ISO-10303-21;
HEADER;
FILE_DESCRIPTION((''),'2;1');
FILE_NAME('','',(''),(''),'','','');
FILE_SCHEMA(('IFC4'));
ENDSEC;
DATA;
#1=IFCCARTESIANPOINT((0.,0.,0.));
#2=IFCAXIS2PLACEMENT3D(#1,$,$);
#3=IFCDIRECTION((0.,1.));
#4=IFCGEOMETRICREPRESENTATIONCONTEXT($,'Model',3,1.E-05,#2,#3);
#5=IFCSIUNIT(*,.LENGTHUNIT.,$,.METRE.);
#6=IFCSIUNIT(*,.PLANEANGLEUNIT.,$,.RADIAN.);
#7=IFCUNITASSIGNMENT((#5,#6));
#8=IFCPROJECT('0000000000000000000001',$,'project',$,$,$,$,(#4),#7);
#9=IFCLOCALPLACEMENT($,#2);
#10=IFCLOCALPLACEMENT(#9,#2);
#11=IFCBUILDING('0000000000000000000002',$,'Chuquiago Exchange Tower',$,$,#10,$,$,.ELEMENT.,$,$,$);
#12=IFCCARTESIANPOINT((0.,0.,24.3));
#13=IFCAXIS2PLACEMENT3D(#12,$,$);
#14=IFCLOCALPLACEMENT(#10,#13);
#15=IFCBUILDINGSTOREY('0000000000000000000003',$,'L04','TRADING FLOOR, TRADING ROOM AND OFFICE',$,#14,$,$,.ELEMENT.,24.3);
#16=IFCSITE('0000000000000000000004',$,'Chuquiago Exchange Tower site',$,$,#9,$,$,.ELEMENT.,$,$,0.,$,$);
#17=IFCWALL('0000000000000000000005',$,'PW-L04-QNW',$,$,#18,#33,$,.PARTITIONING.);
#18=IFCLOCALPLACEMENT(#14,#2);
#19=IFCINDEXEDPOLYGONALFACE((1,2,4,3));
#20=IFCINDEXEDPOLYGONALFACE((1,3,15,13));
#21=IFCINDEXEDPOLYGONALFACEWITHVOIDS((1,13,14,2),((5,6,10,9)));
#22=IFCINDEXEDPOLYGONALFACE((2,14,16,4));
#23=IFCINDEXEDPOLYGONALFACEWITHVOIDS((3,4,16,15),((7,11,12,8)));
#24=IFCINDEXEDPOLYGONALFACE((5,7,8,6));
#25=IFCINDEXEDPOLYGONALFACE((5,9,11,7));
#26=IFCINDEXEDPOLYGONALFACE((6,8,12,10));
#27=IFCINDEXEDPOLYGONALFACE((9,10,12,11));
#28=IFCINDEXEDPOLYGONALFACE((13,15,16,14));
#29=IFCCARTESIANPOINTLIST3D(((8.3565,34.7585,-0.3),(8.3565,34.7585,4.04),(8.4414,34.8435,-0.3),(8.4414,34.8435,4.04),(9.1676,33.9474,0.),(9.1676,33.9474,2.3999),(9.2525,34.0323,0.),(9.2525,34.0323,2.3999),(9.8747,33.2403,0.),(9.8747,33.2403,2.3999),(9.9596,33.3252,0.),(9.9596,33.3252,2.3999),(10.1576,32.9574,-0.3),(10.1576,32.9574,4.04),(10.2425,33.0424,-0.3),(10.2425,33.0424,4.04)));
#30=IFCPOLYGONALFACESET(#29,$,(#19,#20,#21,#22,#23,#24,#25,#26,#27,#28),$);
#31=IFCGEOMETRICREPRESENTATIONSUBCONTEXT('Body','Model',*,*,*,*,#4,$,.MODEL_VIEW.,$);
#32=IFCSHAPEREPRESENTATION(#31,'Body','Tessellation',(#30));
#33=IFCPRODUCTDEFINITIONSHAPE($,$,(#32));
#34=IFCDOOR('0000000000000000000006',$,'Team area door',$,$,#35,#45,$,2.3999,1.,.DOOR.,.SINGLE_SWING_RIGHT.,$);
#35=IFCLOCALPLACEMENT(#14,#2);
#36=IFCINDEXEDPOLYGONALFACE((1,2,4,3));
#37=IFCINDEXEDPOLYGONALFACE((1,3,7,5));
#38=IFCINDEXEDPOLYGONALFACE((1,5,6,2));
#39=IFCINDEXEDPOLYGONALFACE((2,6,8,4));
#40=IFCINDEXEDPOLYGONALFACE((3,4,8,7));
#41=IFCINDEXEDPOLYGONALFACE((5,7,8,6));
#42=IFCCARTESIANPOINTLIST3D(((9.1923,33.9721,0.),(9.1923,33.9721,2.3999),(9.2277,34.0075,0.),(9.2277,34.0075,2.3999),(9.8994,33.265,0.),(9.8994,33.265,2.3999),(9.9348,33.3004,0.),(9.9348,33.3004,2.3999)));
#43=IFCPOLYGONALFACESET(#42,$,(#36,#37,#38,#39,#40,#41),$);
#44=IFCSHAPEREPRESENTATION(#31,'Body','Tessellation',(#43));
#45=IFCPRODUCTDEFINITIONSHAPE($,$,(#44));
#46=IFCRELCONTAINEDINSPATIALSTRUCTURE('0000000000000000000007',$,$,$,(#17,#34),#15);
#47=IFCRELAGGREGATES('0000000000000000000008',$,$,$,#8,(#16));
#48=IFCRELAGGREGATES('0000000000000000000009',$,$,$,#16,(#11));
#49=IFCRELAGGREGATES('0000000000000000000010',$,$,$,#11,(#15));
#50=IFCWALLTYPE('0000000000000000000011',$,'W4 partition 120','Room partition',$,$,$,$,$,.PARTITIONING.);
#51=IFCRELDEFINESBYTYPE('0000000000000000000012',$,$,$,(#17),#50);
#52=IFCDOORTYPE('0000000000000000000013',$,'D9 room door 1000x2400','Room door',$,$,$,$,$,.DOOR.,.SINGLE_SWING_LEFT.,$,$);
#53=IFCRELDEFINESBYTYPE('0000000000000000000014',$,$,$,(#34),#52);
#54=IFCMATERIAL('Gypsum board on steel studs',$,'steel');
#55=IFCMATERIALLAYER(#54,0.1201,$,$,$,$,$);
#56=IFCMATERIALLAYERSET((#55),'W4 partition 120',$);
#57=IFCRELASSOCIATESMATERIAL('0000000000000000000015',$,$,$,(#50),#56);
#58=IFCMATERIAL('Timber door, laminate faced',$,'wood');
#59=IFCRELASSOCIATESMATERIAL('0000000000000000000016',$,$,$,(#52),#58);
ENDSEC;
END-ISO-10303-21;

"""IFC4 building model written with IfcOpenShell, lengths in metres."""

from ifc_helpers import new_model, si_unit, direction, frame, frame_2d, origin, place, context, subcontext, project, spatial, rectangle, extrude, material, layer, layer_set, type_object, element, fill, save


model = new_model("IFC4")

# Units and contexts
model_context = context("Model", 3, precision=1e-05, world=origin(), true_north=direction((0.0, 1.0)))
body_context = subcontext(model_context, "Body", "Model", "MODEL_VIEW")
ifc_project = project(units=[si_unit("LENGTHUNIT", "METRE"), si_unit("PLANEANGLEUNIT", "RADIAN")], contexts=[model_context])

# Site, building, storey
site_placement = place(None, origin())
site = spatial("IfcSite", under=ifc_project, at=site_placement, Name="Chuquiago Exchange Tower site", CompositionType="ELEMENT", RefElevation=0.0)
building_placement = place(site_placement, origin())
building = spatial("IfcBuilding", under=site, at=building_placement, Name="Chuquiago Exchange Tower", CompositionType="ELEMENT")
storey_placement = place(building_placement, frame((0.0, 0.0, 24.3)))
storey = spatial("IfcBuildingStorey", under=building, at=storey_placement, Name="L04", Description="TRADING FLOOR, TRADING ROOM AND OFFICE", CompositionType="ELEMENT", Elevation=24.3)

# Shared definitions
ifc_material_1 = material(Name="Gypsum board on steel studs", Category="steel")
ifc_layer_1 = layer(ifc_material_1, 0.1201)
ifc_layer_set_1 = layer_set([ifc_layer_1], Name="W4 partition 120")
wall_type_1 = type_object("IfcWallType", Name="W4 partition 120", Description="Room partition", PredefinedType="PARTITIONING", material=ifc_layer_set_1)

# Wall, opening, door
ifc_material_2 = material(Name="Timber door, laminate faced", Category="wood")
door_type = type_object("IfcDoorType", Name="D9 room door 1000x2400", Description="Room door", OperationType="SINGLE_SWING_LEFT", PredefinedType="DOOR", material=ifc_material_2)
wall_1_placement = place(storey_placement, frame((10.2, 33.0, -0.3), z_axis=(0.0, 0.0, 1.0), x_axis=(-0.707107, 0.707107, 0.0)))
wall_1 = element("IfcWall", 1, at=wall_1_placement, inside=storey, type_object=wall_type_1, Name="PW-L04-QNW", PredefinedType="PARTITIONING", context=body_context, shape_type="SweptSolid", body=[
    extrude(rectangle(XDim=2.5471, YDim=0.1201, at=frame_2d((1.2734, 0.0))), origin(), (0.0, 0.0, 1.0), 4.3401),
])
opening_1_placement = place(wall_1_placement, frame((0.3999, 0.0, 0.3)))
opening_1 = element("IfcOpeningElement", 2, at=opening_1_placement, cuts=wall_1, PredefinedType="OPENING", context=body_context, shape_type="SweptSolid", body=[
    extrude(rectangle(XDim=1.0, YDim=2.3999, at=frame_2d((0.5, 1.2))), frame((0.0, 0.0701, 0.0), z_axis=(0.0, -1.0, 0.0), x_axis=(1.0, 0.0, 0.0)), (0.0, 0.0, 1.0), 0.1401),
])
door_1_placement = place(opening_1_placement, frame((1.0, 0.0, 0.0), z_axis=(0.0, 0.0, 1.0), x_axis=(-1.0, 0.0, 0.0)))
door_1 = element("IfcDoor", 3, at=door_1_placement, inside=storey, type_object=door_type, Name="Team area door", OperationType="SINGLE_SWING_RIGHT", OverallHeight=2.3999, OverallWidth=1.0, PredefinedType="DOOR", context=body_context, shape_type="SweptSolid", body=[
    extrude(rectangle(XDim=1.0, YDim=2.3999, at=frame_2d((0.5, 1.2))), frame((0.0, 0.0249, 0.0), z_axis=(0.0, -1.0, 0.0), x_axis=(1.0, 0.0, 0.0)), (0.0, 0.0, 1.0), 0.05),
])
fill(opening_1, door_1)

save(model, "model.ifc")
